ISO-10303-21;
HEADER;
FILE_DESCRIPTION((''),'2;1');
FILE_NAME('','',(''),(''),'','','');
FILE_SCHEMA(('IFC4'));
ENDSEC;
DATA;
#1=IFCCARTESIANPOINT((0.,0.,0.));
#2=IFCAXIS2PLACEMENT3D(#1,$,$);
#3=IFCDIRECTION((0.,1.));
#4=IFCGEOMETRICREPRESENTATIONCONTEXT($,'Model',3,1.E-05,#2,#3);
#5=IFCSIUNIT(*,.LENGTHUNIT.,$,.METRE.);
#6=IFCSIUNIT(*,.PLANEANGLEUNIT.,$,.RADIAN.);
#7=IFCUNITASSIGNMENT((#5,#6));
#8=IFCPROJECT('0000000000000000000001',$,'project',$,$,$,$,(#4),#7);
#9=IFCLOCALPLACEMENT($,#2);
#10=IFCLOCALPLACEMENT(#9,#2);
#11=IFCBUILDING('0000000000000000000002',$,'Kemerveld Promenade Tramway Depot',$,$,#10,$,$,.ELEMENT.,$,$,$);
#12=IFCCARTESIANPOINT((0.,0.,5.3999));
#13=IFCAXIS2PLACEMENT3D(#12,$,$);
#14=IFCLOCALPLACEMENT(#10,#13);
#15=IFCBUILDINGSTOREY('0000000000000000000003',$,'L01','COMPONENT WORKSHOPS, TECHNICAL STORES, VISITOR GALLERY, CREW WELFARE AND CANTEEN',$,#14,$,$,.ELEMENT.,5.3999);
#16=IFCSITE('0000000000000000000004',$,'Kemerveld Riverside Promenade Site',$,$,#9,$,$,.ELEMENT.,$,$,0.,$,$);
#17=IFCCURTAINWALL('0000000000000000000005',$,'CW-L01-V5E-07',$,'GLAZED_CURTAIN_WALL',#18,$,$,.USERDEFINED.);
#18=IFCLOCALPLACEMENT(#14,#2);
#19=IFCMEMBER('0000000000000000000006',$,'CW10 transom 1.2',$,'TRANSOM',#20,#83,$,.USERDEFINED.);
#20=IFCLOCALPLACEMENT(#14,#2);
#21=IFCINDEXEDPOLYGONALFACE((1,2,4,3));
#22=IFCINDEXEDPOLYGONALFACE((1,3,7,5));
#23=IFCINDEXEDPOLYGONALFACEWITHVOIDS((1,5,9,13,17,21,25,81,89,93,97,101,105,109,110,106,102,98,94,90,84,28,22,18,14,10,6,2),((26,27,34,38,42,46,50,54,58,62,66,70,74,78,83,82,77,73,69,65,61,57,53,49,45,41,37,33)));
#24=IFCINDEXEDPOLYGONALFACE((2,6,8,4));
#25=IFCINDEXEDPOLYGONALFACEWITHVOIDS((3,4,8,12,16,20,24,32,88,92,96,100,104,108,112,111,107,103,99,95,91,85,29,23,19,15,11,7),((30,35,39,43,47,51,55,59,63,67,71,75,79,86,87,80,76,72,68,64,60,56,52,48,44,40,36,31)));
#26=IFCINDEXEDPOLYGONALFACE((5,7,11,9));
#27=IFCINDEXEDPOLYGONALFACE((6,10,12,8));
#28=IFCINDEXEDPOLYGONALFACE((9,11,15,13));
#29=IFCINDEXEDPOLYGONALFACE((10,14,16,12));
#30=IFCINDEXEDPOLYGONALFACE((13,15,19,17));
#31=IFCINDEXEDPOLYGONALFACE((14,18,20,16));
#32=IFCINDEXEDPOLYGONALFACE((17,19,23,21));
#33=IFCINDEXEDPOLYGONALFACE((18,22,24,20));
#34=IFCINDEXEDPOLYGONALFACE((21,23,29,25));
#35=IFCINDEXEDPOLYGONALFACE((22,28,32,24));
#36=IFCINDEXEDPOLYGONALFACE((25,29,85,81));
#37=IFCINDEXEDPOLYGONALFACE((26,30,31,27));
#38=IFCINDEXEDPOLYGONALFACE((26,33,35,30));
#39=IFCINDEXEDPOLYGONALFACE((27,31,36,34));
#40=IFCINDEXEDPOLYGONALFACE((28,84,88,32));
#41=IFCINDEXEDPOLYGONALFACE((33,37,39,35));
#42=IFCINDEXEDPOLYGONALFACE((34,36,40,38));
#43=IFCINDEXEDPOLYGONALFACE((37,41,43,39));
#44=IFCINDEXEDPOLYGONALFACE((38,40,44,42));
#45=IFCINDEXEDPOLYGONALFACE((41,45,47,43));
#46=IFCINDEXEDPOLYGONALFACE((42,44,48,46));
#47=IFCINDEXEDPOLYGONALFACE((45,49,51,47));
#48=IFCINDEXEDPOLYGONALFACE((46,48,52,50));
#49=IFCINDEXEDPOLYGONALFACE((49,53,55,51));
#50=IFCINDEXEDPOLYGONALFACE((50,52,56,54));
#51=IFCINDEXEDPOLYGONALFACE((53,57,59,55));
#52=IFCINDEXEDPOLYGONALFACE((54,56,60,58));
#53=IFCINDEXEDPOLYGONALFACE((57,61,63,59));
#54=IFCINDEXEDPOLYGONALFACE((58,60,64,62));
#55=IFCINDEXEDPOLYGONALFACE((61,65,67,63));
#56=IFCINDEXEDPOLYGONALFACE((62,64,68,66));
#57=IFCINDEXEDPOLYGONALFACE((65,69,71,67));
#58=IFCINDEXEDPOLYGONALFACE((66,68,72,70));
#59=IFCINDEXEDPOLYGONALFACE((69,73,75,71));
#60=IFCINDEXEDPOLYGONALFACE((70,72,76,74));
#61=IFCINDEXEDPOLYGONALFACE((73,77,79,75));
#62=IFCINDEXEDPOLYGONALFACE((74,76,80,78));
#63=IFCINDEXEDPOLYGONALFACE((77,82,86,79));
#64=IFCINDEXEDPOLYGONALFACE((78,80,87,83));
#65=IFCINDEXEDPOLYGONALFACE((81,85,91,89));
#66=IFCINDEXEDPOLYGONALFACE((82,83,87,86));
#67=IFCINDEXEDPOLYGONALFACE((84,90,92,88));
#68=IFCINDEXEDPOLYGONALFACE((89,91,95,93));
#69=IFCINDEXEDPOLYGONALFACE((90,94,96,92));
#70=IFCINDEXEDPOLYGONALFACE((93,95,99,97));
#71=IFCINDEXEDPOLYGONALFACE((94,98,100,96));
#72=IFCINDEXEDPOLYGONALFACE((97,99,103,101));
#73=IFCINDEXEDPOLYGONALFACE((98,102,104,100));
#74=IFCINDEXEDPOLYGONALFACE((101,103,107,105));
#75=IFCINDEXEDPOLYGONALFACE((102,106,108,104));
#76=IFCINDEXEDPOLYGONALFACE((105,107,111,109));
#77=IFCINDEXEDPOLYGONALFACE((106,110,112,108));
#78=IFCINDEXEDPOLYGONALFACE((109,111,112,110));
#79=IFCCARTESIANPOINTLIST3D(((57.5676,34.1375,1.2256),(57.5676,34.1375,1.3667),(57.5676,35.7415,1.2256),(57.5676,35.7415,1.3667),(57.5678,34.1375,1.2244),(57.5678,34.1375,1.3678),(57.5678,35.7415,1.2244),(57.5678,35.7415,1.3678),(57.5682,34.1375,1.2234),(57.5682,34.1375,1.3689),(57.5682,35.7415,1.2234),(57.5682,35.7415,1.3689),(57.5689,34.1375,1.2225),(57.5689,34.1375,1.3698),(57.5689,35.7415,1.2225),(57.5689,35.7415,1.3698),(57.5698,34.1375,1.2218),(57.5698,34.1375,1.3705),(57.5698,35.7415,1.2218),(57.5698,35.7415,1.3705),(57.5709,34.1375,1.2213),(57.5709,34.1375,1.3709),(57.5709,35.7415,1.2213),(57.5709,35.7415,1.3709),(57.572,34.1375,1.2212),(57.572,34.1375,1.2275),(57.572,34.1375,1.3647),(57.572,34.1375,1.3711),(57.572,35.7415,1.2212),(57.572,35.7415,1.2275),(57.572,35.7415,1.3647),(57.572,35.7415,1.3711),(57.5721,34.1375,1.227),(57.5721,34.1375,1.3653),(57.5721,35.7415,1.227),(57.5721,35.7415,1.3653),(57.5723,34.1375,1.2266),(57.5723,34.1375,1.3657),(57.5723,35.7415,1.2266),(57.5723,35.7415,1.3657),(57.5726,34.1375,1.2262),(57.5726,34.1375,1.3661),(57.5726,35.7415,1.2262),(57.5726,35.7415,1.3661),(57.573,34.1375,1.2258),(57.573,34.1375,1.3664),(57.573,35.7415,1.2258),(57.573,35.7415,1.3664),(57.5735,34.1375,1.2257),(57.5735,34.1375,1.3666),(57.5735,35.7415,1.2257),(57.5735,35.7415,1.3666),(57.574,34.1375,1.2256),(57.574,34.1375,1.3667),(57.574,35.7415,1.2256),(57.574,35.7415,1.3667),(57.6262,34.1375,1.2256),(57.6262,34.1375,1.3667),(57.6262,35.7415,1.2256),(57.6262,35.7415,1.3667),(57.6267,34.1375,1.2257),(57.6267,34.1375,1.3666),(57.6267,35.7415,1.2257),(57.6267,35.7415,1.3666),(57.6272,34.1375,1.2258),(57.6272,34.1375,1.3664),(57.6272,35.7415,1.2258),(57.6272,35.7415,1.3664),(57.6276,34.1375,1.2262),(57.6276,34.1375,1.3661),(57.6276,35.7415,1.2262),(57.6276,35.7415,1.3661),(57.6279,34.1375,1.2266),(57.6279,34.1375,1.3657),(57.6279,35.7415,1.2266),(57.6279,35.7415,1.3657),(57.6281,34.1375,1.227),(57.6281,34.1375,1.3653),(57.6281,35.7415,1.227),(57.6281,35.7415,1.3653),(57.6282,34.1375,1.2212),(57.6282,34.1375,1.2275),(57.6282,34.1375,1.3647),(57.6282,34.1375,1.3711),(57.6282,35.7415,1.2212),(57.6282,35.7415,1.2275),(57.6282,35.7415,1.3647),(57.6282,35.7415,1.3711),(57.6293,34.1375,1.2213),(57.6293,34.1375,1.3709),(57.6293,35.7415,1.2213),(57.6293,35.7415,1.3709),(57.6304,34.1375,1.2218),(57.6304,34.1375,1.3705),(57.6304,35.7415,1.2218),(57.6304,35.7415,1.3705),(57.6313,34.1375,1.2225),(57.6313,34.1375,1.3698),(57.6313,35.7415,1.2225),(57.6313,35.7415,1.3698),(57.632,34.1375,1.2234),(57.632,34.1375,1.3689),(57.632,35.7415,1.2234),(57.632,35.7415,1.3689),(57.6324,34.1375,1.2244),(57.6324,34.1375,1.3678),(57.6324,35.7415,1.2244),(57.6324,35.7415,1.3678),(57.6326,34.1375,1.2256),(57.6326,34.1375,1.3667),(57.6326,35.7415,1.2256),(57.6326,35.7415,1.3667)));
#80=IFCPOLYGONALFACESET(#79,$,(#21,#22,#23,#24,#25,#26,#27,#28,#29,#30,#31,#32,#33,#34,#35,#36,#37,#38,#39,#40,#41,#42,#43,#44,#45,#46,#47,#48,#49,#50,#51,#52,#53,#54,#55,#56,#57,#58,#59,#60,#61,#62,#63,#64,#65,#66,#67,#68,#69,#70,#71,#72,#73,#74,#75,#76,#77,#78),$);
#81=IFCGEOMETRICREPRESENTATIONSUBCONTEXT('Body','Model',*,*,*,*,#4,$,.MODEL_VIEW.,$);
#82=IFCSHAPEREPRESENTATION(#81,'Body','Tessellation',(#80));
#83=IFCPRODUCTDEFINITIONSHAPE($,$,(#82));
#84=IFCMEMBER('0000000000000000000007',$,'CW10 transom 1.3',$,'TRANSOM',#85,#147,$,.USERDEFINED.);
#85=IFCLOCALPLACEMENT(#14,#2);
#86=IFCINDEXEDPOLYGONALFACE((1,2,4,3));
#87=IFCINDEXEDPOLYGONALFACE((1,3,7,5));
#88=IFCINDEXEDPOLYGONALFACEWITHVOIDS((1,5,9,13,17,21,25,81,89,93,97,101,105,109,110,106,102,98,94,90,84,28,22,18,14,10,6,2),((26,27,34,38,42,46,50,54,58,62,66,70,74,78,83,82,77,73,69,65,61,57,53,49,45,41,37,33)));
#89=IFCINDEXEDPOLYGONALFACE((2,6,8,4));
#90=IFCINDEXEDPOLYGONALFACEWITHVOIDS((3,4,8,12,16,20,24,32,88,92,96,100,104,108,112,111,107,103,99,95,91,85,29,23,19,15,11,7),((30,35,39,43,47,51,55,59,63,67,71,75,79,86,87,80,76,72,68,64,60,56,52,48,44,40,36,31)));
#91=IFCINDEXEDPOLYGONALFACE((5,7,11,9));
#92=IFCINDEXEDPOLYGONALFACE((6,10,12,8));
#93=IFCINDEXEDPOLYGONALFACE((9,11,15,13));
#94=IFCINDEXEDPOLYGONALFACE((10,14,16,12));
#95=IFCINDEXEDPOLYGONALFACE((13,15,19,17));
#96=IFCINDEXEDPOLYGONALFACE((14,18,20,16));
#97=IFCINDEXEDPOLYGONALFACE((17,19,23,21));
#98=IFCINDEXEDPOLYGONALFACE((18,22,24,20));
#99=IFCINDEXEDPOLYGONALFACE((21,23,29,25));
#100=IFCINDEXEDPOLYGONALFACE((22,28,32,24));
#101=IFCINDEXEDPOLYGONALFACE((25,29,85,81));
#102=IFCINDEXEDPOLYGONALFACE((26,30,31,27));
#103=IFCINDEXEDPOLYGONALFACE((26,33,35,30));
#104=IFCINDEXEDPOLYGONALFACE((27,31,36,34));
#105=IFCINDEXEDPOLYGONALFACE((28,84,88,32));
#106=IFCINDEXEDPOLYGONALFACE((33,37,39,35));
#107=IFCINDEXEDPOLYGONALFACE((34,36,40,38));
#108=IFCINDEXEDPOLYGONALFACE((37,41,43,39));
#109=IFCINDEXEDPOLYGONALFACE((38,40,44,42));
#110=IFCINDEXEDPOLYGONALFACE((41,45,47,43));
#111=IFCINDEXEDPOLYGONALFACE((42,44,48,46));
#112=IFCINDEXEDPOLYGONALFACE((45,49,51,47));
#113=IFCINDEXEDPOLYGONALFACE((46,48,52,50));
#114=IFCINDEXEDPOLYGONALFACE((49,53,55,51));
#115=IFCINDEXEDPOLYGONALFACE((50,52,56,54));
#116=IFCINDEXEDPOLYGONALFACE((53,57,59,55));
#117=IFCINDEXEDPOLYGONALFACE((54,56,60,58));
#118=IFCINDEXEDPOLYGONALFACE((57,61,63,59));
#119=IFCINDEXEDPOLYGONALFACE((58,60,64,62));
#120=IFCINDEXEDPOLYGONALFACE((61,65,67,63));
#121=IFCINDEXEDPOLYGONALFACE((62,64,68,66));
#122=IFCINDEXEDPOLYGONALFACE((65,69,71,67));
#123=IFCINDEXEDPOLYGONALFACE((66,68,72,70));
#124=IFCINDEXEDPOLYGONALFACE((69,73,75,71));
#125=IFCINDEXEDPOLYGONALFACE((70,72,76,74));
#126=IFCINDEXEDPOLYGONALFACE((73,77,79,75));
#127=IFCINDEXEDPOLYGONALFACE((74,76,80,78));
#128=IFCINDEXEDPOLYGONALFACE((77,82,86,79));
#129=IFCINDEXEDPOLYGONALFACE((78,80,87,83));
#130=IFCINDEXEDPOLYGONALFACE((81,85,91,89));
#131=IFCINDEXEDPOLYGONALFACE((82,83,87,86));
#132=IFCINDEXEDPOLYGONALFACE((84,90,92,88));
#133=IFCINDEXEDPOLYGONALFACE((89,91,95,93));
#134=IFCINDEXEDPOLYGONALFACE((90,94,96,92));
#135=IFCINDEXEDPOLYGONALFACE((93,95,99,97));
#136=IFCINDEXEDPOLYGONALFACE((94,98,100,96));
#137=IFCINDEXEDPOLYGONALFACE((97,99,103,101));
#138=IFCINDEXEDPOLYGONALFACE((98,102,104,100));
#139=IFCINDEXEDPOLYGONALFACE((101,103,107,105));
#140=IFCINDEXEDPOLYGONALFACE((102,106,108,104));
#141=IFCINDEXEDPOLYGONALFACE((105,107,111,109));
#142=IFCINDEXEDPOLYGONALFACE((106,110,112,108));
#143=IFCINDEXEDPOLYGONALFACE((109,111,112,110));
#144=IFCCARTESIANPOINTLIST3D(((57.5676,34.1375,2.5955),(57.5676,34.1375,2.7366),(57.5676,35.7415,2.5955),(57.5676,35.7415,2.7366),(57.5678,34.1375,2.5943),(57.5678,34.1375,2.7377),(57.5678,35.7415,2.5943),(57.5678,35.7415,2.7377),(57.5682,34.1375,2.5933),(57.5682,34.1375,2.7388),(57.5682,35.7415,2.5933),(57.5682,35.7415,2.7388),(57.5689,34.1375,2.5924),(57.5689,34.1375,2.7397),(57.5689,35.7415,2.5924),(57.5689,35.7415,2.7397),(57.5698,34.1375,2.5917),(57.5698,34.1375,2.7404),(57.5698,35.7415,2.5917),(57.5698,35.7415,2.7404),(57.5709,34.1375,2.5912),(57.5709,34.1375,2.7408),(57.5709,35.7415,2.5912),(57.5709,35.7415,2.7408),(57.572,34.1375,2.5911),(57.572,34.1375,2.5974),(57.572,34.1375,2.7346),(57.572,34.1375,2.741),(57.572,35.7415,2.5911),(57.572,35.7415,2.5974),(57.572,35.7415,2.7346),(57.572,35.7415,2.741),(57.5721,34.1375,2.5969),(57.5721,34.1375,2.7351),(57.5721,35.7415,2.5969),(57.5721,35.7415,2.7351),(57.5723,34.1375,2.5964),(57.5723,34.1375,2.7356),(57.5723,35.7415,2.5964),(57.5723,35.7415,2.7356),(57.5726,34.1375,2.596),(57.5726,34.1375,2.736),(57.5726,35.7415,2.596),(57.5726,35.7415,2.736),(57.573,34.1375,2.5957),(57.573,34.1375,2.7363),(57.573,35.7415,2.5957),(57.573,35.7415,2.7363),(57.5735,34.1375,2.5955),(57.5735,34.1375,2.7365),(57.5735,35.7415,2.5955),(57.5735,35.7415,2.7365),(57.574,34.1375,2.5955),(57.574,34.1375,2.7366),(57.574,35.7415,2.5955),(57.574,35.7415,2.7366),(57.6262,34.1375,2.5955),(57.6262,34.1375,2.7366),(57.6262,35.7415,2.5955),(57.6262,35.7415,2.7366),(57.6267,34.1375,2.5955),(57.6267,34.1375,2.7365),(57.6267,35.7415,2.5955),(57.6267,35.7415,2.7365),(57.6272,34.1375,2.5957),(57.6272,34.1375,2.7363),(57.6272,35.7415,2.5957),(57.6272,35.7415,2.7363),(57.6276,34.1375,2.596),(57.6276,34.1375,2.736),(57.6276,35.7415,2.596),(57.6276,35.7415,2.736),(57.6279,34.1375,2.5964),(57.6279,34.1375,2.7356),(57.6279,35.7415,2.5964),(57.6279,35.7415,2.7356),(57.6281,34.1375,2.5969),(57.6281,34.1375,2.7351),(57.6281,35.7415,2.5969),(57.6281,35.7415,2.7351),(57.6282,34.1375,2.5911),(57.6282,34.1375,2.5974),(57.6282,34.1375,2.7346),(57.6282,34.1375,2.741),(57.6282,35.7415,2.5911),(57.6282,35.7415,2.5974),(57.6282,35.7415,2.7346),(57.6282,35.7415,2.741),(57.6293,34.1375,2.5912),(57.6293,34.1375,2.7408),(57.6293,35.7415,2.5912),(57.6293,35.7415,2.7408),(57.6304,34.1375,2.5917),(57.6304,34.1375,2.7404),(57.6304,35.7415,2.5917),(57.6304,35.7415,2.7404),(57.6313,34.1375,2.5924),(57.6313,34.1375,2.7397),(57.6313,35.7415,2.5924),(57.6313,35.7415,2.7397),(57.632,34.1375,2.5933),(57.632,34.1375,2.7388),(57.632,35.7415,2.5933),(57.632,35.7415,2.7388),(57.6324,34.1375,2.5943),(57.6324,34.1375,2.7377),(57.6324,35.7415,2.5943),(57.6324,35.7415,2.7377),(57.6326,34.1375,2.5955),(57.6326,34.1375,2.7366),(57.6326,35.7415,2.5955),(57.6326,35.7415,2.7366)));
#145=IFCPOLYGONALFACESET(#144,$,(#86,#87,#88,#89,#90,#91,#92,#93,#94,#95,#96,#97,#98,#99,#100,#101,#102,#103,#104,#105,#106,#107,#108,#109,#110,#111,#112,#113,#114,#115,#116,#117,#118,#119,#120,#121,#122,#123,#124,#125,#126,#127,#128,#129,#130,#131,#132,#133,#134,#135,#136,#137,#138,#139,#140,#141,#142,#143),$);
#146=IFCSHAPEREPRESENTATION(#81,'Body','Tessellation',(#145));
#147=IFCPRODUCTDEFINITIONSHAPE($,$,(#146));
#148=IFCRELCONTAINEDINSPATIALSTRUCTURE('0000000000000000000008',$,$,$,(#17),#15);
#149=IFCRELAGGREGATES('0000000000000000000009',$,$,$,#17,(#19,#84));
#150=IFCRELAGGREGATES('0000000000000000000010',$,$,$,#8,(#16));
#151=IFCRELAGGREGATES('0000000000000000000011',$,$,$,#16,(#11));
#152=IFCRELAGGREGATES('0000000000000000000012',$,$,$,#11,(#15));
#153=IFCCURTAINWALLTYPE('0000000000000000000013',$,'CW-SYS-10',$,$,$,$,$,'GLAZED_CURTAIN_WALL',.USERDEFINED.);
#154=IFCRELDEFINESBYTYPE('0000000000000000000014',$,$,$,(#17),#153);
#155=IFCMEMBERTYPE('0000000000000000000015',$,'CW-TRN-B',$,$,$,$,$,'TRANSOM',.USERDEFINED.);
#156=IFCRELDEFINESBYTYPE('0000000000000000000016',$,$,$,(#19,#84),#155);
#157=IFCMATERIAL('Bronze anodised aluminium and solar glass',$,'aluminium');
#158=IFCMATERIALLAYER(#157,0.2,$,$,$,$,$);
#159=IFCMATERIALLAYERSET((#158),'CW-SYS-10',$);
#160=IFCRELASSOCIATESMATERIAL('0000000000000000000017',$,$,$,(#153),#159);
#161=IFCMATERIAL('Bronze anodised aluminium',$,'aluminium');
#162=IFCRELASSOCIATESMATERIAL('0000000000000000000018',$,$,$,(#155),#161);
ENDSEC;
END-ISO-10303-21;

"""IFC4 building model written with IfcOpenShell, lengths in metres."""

from ifc_helpers import new_model, si_unit, direction, frame, origin, origin_2d, place, context, subcontext, project, spatial, hollow_rectangle, extrude, material, layer, layer_set, material_profile, profile_set, type_object, element, aggregate, save


model = new_model("IFC4")

# Units and contexts
model_context = context("Model", 3, precision=1e-05, world=origin(), true_north=direction((0.0, 1.0)))
body_context = subcontext(model_context, "Body", "Model", "MODEL_VIEW")
ifc_project = project(units=[si_unit("LENGTHUNIT", "METRE"), si_unit("PLANEANGLEUNIT", "RADIAN")], contexts=[model_context])

# Site, building, storey
site_placement = place(None, origin())
site = spatial("IfcSite", under=ifc_project, at=site_placement, Name="Kemerveld Riverside Promenade Site", CompositionType="ELEMENT", RefElevation=0.0)
building_placement = place(site_placement, origin())
building = spatial("IfcBuilding", under=site, at=building_placement, Name="Kemerveld Promenade Tramway Depot", CompositionType="ELEMENT")
storey_placement = place(building_placement, frame((0.0, 0.0, 5.3999)))
storey = spatial("IfcBuildingStorey", under=building, at=storey_placement, Name="L01", Description="COMPONENT WORKSHOPS, TECHNICAL STORES, VISITOR GALLERY, CREW WELFARE AND CANTEEN", CompositionType="ELEMENT", Elevation=5.3999)

# Shared definitions
ifc_material_1 = material(Name="Bronze anodised aluminium and solar glass", Category="aluminium")
ifc_material_2 = material(Name="Bronze anodised aluminium", Category="aluminium")

# Curtain wall, members
ifc_layer_1 = layer(ifc_material_1, 0.2)
ifc_layer_set_1 = layer_set([ifc_layer_1], Name="CW-SYS-10")
curtain_wall_type_1 = type_object("IfcCurtainWallType", Name="CW-SYS-10", ElementType="GLAZED_CURTAIN_WALL", PredefinedType="USERDEFINED", material=ifc_layer_set_1)
curtain_wall_1_placement = place(storey_placement, origin())
curtain_wall_1 = element("IfcCurtainWall", 1, at=curtain_wall_1_placement, inside=storey, type_object=curtain_wall_type_1, Name="CW-L01-V5E-07", ObjectType="GLAZED_CURTAIN_WALL", PredefinedType="USERDEFINED")
ifc_material_profile_1 = material_profile(ifc_material_2, hollow_rectangle(XDim=0.0649, YDim=0.1499, WallThickness=0.0044, InnerFilletRadius=0.002, OuterFilletRadius=0.0044, at=origin_2d()), Name="CW-TRN-150x65")
ifc_profile_set_1 = profile_set([ifc_material_profile_1], Name="Bronze anodised aluminium")
member_type_1 = type_object("IfcMemberType", Name="CW-TRN-B", ElementType="TRANSOM", PredefinedType="USERDEFINED", material=ifc_profile_set_1)
member_1_placement = place(storey_placement, frame((57.6001, 35.7415, 1.2961), z_axis=(0.0, -1.0, 0.0), x_axis=(1.0, 0.0, 0.0)))
member_1 = element("IfcMember", 2, at=member_1_placement, type_object=member_type_1, Name="CW10 transom 1.2", ObjectType="TRANSOM", PredefinedType="USERDEFINED", context=body_context, shape_type="SweptSolid", body=[
    extrude(hollow_rectangle(XDim=0.0649, YDim=0.1499, WallThickness=0.0044, InnerFilletRadius=0.002, OuterFilletRadius=0.0044, at=origin_2d()), origin(), (0.0, 0.0, 1.0), 1.604),
])
member_2_placement = place(storey_placement, frame((57.6001, 35.7415, 2.666), z_axis=(0.0, -1.0, 0.0), x_axis=(1.0, 0.0, 0.0)))
member_2 = element("IfcMember", 3, at=member_2_placement, type_object=member_type_1, Name="CW10 transom 1.3", ObjectType="TRANSOM", PredefinedType="USERDEFINED", context=body_context, shape_type="SweptSolid", body=[
    extrude(hollow_rectangle(XDim=0.0649, YDim=0.1499, WallThickness=0.0044, InnerFilletRadius=0.002, OuterFilletRadius=0.0044, at=origin_2d()), origin(), (0.0, 0.0, 1.0), 1.604),
])
aggregate(curtain_wall_1, [member_1, member_2])

save(model, "model.ifc")
